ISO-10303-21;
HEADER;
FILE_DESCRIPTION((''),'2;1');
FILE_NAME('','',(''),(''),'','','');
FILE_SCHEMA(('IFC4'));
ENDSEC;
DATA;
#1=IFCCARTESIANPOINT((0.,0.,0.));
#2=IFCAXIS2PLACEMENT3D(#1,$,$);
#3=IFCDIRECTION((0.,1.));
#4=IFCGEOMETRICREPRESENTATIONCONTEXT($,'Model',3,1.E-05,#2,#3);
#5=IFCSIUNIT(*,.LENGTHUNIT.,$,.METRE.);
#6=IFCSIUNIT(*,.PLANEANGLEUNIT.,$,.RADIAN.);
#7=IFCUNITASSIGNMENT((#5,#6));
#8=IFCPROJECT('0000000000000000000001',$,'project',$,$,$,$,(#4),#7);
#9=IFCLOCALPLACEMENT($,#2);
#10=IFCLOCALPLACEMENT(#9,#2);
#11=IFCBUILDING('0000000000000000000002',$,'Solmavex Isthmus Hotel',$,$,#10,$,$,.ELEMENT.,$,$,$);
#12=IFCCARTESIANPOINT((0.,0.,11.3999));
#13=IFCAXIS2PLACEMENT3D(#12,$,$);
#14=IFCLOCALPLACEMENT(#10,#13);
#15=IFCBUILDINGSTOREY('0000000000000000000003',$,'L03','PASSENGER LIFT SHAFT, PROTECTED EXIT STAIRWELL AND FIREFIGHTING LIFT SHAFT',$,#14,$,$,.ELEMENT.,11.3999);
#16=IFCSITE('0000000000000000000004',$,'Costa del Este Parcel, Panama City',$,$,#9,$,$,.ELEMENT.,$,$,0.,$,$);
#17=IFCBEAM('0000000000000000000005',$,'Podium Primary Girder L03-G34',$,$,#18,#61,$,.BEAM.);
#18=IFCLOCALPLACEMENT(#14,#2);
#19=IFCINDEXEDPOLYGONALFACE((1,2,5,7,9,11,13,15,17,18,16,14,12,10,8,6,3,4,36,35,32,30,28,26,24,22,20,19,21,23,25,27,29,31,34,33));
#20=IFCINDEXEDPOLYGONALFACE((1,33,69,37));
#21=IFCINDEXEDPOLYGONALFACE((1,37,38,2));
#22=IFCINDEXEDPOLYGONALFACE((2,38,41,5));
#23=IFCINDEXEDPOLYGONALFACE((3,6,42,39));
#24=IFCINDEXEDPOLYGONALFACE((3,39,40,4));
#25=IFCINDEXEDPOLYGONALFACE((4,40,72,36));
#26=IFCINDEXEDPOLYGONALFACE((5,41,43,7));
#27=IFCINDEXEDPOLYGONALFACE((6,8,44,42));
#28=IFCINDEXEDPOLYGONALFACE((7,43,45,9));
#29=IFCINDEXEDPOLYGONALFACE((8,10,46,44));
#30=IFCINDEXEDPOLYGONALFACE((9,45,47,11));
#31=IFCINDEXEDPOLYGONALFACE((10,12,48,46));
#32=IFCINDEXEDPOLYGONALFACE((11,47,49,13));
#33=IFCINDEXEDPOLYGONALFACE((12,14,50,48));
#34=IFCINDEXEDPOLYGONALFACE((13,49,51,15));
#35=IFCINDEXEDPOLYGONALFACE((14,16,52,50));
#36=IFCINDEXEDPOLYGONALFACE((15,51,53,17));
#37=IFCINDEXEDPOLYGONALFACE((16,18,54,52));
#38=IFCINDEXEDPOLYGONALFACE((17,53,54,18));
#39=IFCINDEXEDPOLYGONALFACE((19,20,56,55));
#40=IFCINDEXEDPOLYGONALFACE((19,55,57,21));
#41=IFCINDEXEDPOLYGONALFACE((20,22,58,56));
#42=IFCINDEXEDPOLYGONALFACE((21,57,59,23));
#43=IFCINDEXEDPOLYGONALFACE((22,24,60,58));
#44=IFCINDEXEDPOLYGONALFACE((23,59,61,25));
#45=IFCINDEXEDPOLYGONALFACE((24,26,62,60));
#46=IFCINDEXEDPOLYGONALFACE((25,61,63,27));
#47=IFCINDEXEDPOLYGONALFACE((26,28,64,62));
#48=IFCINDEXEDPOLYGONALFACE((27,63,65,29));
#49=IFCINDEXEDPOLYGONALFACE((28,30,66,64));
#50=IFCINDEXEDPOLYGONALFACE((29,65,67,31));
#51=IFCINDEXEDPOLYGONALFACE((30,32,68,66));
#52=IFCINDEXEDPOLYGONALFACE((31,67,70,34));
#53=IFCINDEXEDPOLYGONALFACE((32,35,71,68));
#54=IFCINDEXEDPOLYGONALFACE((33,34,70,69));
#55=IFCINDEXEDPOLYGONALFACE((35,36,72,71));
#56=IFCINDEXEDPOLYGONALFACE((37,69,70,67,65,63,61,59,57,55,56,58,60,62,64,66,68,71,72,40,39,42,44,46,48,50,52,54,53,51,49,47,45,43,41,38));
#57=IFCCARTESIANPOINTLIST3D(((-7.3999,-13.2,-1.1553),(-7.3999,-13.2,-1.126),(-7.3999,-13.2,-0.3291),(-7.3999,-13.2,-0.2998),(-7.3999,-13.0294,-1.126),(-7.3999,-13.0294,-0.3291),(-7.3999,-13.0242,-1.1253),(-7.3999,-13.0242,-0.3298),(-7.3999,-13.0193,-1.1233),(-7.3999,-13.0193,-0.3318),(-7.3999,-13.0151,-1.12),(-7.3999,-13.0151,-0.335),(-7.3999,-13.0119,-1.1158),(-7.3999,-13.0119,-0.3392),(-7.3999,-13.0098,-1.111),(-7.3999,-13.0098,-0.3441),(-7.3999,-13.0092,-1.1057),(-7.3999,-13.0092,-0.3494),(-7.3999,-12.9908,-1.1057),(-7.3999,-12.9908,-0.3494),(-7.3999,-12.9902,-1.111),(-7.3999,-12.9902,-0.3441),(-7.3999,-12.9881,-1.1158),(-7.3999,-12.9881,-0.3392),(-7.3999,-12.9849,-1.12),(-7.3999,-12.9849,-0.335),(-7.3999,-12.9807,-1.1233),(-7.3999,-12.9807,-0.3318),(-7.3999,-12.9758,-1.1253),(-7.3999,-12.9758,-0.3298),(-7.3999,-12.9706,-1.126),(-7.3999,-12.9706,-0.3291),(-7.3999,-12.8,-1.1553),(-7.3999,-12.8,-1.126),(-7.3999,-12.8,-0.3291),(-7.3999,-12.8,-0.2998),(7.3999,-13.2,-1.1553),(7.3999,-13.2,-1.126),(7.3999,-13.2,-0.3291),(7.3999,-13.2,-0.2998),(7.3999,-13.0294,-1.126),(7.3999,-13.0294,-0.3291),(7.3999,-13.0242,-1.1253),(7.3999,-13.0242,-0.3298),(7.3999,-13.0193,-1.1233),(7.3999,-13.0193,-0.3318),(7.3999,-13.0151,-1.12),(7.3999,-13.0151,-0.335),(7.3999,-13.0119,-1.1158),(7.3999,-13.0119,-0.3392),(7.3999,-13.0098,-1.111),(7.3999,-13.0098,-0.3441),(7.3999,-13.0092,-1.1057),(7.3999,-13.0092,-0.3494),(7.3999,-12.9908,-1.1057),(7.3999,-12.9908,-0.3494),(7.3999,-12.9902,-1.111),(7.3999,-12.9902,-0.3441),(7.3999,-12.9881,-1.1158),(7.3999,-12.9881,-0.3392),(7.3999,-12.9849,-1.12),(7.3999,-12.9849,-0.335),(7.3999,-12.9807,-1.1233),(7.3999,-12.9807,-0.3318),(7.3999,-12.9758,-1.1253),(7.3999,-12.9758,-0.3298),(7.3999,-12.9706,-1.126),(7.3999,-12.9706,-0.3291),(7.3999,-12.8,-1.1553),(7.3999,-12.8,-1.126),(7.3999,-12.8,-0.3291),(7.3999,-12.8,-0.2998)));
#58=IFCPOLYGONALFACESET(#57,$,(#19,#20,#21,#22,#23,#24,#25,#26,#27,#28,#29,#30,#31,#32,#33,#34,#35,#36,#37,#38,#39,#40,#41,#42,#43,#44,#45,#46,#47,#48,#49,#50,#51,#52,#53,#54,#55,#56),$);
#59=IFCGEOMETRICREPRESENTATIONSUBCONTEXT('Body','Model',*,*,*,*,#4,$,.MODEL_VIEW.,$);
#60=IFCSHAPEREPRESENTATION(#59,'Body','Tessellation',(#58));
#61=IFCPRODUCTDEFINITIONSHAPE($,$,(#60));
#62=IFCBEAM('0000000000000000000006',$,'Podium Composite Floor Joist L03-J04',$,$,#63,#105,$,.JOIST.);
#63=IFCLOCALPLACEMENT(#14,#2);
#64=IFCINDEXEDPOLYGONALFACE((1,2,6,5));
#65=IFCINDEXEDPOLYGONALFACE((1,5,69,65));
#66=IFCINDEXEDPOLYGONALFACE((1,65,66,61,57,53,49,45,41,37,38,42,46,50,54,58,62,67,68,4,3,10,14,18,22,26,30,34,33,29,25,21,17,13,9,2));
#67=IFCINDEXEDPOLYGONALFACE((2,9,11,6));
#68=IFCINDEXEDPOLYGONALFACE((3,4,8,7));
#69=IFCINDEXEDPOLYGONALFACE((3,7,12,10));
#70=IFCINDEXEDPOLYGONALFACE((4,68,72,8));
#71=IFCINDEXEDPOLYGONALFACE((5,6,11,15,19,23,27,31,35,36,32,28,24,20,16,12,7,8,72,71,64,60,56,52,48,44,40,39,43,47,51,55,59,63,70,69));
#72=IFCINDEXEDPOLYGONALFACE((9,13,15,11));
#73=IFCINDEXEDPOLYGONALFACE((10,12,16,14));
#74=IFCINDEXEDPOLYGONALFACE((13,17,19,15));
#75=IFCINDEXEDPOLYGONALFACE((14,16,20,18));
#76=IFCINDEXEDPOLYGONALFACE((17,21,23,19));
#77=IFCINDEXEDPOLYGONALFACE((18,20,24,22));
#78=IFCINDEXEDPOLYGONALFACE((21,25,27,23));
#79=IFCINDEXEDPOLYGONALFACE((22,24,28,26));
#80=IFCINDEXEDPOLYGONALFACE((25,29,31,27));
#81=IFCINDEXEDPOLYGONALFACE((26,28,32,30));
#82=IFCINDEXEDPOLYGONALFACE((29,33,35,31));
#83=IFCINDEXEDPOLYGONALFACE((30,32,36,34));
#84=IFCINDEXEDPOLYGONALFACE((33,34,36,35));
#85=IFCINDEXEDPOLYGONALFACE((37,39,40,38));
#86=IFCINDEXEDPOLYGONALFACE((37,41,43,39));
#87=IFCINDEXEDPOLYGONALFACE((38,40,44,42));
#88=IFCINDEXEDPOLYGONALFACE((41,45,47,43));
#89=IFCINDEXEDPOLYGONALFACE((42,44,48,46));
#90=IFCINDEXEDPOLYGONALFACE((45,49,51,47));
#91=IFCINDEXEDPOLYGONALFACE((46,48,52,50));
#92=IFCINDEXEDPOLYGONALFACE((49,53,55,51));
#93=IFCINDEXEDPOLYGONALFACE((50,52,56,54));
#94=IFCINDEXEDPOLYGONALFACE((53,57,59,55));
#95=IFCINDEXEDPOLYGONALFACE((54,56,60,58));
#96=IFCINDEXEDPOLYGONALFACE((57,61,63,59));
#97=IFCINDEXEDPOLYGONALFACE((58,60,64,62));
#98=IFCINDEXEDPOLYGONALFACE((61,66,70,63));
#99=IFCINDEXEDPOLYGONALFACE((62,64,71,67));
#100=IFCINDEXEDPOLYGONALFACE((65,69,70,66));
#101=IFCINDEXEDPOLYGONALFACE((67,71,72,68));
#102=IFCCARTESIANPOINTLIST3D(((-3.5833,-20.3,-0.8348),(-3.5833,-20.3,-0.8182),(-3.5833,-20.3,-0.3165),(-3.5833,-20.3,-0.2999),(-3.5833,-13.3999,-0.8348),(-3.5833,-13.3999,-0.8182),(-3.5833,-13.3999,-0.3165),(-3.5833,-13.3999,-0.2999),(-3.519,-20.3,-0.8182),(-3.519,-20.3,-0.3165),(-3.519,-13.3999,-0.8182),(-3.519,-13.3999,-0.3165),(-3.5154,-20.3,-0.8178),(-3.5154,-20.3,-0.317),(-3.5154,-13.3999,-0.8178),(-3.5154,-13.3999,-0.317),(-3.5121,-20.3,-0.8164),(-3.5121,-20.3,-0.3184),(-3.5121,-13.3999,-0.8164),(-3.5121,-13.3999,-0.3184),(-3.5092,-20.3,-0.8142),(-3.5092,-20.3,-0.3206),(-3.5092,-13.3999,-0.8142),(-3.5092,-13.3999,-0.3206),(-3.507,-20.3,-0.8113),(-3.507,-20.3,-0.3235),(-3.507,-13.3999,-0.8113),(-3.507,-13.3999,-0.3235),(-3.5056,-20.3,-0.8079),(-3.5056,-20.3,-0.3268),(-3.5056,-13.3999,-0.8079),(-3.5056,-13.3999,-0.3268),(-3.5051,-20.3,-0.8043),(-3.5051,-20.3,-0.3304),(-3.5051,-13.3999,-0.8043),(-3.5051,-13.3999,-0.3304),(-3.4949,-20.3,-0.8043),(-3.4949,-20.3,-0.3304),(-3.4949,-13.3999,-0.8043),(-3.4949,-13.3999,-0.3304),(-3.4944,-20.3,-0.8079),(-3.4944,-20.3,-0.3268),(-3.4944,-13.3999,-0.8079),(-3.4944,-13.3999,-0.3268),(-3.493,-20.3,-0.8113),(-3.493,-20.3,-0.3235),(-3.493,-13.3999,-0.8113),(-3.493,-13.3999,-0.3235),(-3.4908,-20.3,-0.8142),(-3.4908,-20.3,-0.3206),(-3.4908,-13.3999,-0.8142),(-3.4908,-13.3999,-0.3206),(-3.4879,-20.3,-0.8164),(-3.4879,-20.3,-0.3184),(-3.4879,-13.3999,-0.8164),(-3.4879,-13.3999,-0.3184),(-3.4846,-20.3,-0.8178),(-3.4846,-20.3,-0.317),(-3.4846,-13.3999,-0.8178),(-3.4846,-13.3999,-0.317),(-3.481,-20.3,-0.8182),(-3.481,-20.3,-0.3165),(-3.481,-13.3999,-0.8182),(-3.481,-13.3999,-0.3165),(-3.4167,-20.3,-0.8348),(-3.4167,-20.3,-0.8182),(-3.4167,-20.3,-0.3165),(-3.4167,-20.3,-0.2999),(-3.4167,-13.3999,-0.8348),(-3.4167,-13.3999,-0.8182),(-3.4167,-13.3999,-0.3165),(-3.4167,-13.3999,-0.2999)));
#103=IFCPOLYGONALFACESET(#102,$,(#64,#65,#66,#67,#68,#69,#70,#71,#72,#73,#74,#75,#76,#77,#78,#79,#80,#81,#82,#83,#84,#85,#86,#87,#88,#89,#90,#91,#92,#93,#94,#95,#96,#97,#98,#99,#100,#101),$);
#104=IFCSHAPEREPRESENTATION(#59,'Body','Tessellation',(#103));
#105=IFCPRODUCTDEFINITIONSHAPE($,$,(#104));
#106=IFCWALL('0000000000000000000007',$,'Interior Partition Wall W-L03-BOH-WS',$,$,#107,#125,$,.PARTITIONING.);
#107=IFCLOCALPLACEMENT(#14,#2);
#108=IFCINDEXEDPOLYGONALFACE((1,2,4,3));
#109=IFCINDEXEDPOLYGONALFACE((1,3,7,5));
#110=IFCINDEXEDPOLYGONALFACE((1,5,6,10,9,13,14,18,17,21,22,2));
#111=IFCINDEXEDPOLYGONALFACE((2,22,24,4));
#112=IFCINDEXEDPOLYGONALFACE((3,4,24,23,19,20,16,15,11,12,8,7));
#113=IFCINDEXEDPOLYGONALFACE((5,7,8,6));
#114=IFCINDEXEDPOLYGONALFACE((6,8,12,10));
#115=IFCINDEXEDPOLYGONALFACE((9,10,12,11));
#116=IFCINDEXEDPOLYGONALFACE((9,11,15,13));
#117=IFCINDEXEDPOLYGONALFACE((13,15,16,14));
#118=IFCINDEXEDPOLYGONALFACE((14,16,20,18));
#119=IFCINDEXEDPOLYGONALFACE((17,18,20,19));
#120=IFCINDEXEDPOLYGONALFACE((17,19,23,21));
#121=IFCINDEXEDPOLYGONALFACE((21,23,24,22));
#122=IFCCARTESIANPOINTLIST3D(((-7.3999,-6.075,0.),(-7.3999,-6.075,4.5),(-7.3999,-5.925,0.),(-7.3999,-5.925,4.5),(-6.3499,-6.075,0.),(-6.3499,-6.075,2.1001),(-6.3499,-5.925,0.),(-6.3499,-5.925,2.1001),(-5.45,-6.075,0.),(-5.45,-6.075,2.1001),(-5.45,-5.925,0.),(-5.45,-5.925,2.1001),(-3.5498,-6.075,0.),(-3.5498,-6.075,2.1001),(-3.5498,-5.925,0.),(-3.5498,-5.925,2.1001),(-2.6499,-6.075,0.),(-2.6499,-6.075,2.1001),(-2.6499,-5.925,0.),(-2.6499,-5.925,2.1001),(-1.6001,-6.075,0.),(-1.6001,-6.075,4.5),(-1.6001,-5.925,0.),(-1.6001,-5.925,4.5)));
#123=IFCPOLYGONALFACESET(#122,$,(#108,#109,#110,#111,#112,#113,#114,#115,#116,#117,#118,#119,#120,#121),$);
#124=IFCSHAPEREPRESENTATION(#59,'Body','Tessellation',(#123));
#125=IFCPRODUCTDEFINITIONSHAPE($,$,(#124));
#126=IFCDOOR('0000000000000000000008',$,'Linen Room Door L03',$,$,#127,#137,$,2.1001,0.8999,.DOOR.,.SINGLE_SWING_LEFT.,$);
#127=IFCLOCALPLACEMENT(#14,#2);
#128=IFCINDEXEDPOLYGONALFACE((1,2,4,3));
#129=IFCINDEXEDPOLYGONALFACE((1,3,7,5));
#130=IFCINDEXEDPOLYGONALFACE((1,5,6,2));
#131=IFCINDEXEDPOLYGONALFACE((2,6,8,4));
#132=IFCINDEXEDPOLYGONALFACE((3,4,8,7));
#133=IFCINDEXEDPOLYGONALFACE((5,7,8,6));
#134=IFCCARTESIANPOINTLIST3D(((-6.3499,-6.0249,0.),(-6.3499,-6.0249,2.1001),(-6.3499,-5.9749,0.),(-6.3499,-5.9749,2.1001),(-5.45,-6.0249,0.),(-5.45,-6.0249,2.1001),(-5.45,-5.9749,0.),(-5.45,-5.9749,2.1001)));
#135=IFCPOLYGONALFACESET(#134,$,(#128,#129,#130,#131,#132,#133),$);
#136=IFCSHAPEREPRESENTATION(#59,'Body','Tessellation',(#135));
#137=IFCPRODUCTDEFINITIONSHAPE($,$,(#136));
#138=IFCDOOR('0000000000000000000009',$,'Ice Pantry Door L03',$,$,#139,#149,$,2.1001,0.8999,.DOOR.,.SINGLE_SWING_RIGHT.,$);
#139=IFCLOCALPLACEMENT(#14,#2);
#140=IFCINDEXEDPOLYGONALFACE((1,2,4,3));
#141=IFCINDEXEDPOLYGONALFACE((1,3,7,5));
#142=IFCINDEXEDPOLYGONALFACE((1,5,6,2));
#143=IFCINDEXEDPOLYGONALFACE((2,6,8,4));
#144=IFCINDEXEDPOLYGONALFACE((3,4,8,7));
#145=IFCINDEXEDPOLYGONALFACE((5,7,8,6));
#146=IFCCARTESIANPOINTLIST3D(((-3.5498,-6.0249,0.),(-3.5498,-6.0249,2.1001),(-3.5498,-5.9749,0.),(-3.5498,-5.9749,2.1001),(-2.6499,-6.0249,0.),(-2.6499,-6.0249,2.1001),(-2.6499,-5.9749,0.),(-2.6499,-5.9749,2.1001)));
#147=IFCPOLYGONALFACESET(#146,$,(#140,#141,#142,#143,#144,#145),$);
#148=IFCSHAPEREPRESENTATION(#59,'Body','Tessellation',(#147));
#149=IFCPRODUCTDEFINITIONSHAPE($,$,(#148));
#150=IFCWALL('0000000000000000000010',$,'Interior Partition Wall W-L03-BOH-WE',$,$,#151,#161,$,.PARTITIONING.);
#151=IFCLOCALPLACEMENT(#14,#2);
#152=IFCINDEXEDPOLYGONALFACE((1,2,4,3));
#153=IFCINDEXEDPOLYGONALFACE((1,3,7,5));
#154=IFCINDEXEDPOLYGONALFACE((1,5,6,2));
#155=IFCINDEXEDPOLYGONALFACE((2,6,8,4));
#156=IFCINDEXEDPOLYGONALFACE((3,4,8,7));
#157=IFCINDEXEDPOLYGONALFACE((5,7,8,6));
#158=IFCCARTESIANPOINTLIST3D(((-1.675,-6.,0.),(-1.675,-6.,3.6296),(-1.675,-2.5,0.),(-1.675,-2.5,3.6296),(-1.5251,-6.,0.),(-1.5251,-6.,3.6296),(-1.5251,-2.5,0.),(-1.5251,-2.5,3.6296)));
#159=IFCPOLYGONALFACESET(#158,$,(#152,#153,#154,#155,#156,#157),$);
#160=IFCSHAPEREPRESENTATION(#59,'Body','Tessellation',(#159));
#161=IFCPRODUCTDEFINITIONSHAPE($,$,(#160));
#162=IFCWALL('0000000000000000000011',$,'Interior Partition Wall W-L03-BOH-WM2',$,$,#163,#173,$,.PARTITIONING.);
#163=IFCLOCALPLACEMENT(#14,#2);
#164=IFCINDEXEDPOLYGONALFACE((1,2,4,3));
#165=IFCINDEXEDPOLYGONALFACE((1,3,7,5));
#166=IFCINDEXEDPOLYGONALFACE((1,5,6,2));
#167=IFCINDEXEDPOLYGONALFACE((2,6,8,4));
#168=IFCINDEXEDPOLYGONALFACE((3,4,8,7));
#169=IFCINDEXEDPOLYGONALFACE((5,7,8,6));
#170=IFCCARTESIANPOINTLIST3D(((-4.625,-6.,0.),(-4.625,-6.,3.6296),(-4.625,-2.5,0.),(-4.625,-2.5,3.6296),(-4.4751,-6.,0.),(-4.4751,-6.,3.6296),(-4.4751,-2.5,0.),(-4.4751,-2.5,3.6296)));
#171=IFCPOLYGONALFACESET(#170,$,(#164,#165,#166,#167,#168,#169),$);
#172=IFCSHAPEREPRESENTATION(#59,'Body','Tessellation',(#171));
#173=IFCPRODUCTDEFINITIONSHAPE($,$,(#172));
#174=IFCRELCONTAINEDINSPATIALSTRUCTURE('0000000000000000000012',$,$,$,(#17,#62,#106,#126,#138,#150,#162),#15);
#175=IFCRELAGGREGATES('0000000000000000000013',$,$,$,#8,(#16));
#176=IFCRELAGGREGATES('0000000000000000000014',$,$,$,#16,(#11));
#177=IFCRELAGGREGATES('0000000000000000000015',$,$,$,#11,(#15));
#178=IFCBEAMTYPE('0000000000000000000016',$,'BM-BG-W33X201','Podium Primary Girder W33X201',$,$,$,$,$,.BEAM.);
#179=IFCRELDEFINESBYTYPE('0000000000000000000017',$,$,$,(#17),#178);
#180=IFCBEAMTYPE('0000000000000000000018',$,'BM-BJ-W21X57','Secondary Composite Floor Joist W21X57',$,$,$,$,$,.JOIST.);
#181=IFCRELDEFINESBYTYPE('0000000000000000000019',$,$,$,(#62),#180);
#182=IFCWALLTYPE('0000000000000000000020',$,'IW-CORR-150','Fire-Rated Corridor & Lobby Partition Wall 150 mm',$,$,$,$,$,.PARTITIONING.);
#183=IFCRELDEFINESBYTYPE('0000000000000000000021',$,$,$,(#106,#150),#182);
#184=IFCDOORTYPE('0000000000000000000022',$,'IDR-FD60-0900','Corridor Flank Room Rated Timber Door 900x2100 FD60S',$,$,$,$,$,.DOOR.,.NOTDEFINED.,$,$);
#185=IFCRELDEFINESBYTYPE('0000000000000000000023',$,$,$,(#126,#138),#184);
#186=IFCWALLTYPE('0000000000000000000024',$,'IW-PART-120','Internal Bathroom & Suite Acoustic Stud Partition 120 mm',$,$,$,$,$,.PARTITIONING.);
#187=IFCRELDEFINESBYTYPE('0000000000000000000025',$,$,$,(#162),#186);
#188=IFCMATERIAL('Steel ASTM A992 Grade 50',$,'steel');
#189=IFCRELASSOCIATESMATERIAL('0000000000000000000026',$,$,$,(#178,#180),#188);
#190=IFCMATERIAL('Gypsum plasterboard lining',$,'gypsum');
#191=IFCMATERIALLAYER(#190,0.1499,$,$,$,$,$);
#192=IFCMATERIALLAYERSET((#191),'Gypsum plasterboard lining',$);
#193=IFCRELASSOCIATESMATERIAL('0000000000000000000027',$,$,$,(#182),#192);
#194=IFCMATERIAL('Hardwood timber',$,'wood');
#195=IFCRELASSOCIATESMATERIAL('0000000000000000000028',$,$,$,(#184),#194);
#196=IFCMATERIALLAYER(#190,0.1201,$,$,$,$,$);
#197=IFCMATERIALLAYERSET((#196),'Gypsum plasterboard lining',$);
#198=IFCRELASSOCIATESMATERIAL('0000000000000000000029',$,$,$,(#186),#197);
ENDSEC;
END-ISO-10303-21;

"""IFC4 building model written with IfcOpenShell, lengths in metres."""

from ifc_helpers import new_model, si_unit, direction, frame, frame_2d, origin, origin_2d, place, context, subcontext, project, spatial, rectangle, i_section, extrude, material, layer, layer_set, material_profile, profile_set, type_object, element, fill, save


model = new_model("IFC4")

# Units and contexts
model_context = context("Model", 3, precision=1e-05, world=origin(), true_north=direction((0.0, 1.0)))
body_context = subcontext(model_context, "Body", "Model", "MODEL_VIEW")
ifc_project = project(units=[si_unit("LENGTHUNIT", "METRE"), si_unit("PLANEANGLEUNIT", "RADIAN")], contexts=[model_context])

# Site, building, storey
site_placement = place(None, origin())
site = spatial("IfcSite", under=ifc_project, at=site_placement, Name="Costa del Este Parcel, Panama City", CompositionType="ELEMENT", RefElevation=0.0)
building_placement = place(site_placement, origin())
building = spatial("IfcBuilding", under=site, at=building_placement, Name="Solmavex Isthmus Hotel", CompositionType="ELEMENT")
storey_placement = place(building_placement, frame((0.0, 0.0, 11.3999)))
storey = spatial("IfcBuildingStorey", under=building, at=storey_placement, Name="L03", Description="PASSENGER LIFT SHAFT, PROTECTED EXIT STAIRWELL AND FIREFIGHTING LIFT SHAFT", CompositionType="ELEMENT", Elevation=11.3999)

# Beams
ifc_material_1 = material(Name="Steel ASTM A992 Grade 50", Category="steel")
ifc_material_profile_1 = material_profile(ifc_material_1, i_section(OverallWidth=0.3999, OverallDepth=0.8555, WebThickness=0.0183, FlangeThickness=0.0293, FilletRadius=0.0203, at=origin_2d()), Name="W33X201")
ifc_profile_set_1 = profile_set([ifc_material_profile_1], Name="Steel ASTM A992 Grade 50")
beam_type_1 = type_object("IfcBeamType", Name="BM-BG-W33X201", Description="Podium Primary Girder W33X201", PredefinedType="BEAM", material=ifc_profile_set_1)
beam_1_placement = place(storey_placement, frame((-7.3999, -13.0, -0.7275), z_axis=(1.0, 0.0, 0.0), x_axis=(0.0, 1.0, 0.0)))
element("IfcBeam", 1, at=beam_1_placement, inside=storey, type_object=beam_type_1, Name="Podium Primary Girder L03-G34", PredefinedType="BEAM", context=body_context, shape_type="SweptSolid", body=[
    extrude(i_section(OverallWidth=0.3999, OverallDepth=0.8555, WebThickness=0.0183, FlangeThickness=0.0293, FilletRadius=0.0203, at=origin_2d()), origin(), (0.0, 0.0, 1.0), 14.7998),
])
ifc_material_profile_2 = material_profile(ifc_material_1, i_section(OverallWidth=0.1665, OverallDepth=0.5349, WebThickness=0.0103, FlangeThickness=0.0166, FilletRadius=0.0139, at=origin_2d()), Name="W21X57")
ifc_profile_set_2 = profile_set([ifc_material_profile_2], Name="Steel ASTM A992 Grade 50")
beam_type_2 = type_object("IfcBeamType", Name="BM-BJ-W21X57", Description="Secondary Composite Floor Joist W21X57", PredefinedType="JOIST", material=ifc_profile_set_2)
beam_2_placement = place(storey_placement, frame((-3.5, -20.3, -0.5674), z_axis=(0.0, 1.0, 0.0), x_axis=(-1.0, 0.0, 0.0)))
element("IfcBeam", 2, at=beam_2_placement, inside=storey, type_object=beam_type_2, Name="Podium Composite Floor Joist L03-J04", PredefinedType="JOIST", context=body_context, shape_type="SweptSolid", body=[
    extrude(i_section(OverallWidth=0.1665, OverallDepth=0.5349, WebThickness=0.0103, FlangeThickness=0.0166, FilletRadius=0.0139, at=origin_2d()), origin(), (0.0, 0.0, 1.0), 6.9001),
])

# Wall, openings, doors
ifc_material_2 = material(Name="Gypsum plasterboard lining", Category="gypsum")
ifc_layer_1 = layer(ifc_material_2, 0.1499)
ifc_layer_set_1 = layer_set([ifc_layer_1], Name="Gypsum plasterboard lining")
wall_type_1 = type_object("IfcWallType", Name="IW-CORR-150", Description="Fire-Rated Corridor & Lobby Partition Wall 150 mm", PredefinedType="PARTITIONING", material=ifc_layer_set_1)
wall_1_placement = place(storey_placement, frame((-7.3999, -6.0, 0.0), z_axis=(0.0, 0.0, 1.0), x_axis=(1.0, 0.0, 0.0)))
wall_1 = element("IfcWall", 3, at=wall_1_placement, inside=storey, type_object=wall_type_1, Name="Interior Partition Wall W-L03-BOH-WS", PredefinedType="PARTITIONING", context=body_context, shape_type="SweptSolid", body=[
    extrude(rectangle(XDim=5.7998, YDim=0.1499, at=frame_2d((2.8999, 0.0))), origin(), (0.0, 0.0, 1.0), 4.5),
])
opening_1_placement = place(wall_1_placement, frame((1.05, 0.0, 0.0)))
opening_1 = element("IfcOpeningElement", 4, at=opening_1_placement, cuts=wall_1, PredefinedType="OPENING", context=body_context, shape_type="SweptSolid", body=[
    extrude(rectangle(XDim=0.8999, YDim=2.1001, at=frame_2d((0.45, 1.05))), frame((0.0, 0.085, 0.0), z_axis=(0.0, -1.0, 0.0), x_axis=(1.0, 0.0, 0.0)), (0.0, 0.0, 1.0), 0.1699),
])
opening_2_placement = place(wall_1_placement, frame((3.8501, 0.0, 0.0)))
opening_2 = element("IfcOpeningElement", 5, at=opening_2_placement, cuts=wall_1, PredefinedType="OPENING", context=body_context, shape_type="SweptSolid", body=[
    extrude(rectangle(XDim=0.8999, YDim=2.1001, at=frame_2d((0.45, 1.05))), frame((0.0, 0.085, 0.0), z_axis=(0.0, -1.0, 0.0), x_axis=(1.0, 0.0, 0.0)), (0.0, 0.0, 1.0), 0.1699),
])
ifc_material_3 = material(Name="Hardwood timber", Category="wood")
door_type_1 = type_object("IfcDoorType", Name="IDR-FD60-0900", Description="Corridor Flank Room Rated Timber Door 900x2100 FD60S", OperationType="NOTDEFINED", PredefinedType="DOOR", material=ifc_material_3)
door_1_placement = place(opening_1_placement, frame((0.8999, 0.0, 0.0), z_axis=(0.0, 0.0, 1.0), x_axis=(-1.0, 0.0, 0.0)))
door_1 = element("IfcDoor", 6, at=door_1_placement, inside=storey, type_object=door_type_1, Name="Linen Room Door L03", OperationType="SINGLE_SWING_LEFT", OverallHeight=2.1001, OverallWidth=0.8999, PredefinedType="DOOR", context=body_context, shape_type="SweptSolid", body=[
    extrude(rectangle(XDim=0.8999, YDim=2.1001, at=frame_2d((0.45, 1.05))), frame((0.0, 0.0249, 0.0), z_axis=(0.0, -1.0, 0.0), x_axis=(1.0, 0.0, 0.0)), (0.0, 0.0, 1.0), 0.05),
])
fill(opening_1, door_1)
door_2_placement = place(opening_2_placement, frame((0.8999, 0.0, 0.0), z_axis=(0.0, 0.0, 1.0), x_axis=(-1.0, 0.0, 0.0)))
door_2 = element("IfcDoor", 7, at=door_2_placement, inside=storey, type_object=door_type_1, Name="Ice Pantry Door L03", OperationType="SINGLE_SWING_RIGHT", OverallHeight=2.1001, OverallWidth=0.8999, PredefinedType="DOOR", context=body_context, shape_type="SweptSolid", body=[
    extrude(rectangle(XDim=0.8999, YDim=2.1001, at=frame_2d((0.45, 1.05))), frame((0.0, 0.0249, 0.0), z_axis=(0.0, -1.0, 0.0), x_axis=(1.0, 0.0, 0.0)), (0.0, 0.0, 1.0), 0.05),
])
fill(opening_2, door_2)

# Walls
wall_2_placement = place(storey_placement, frame((-1.6001, -6.0, 0.0), z_axis=(0.0, 0.0, 1.0), x_axis=(0.0, 1.0, 0.0)))
element("IfcWall", 8, at=wall_2_placement, inside=storey, type_object=wall_type_1, Name="Interior Partition Wall W-L03-BOH-WE", PredefinedType="PARTITIONING", context=body_context, shape_type="SweptSolid", body=[
    extrude(rectangle(XDim=3.5, YDim=0.1499, at=frame_2d((1.75, 0.0))), origin(), (0.0, 0.0, 1.0), 3.6296),
])
ifc_layer_2 = layer(ifc_material_2, 0.1201)
ifc_layer_set_2 = layer_set([ifc_layer_2], Name="Gypsum plasterboard lining")
wall_type_2 = type_object("IfcWallType", Name="IW-PART-120", Description="Internal Bathroom & Suite Acoustic Stud Partition 120 mm", PredefinedType="PARTITIONING", material=ifc_layer_set_2)
wall_3_placement = place(storey_placement, frame((-4.55, -6.0, 0.0), z_axis=(0.0, 0.0, 1.0), x_axis=(0.0, 1.0, 0.0)))
element("IfcWall", 9, at=wall_3_placement, inside=storey, type_object=wall_type_2, Name="Interior Partition Wall W-L03-BOH-WM2", PredefinedType="PARTITIONING", context=body_context, shape_type="SweptSolid", body=[
    extrude(rectangle(XDim=3.5, YDim=0.1499, at=frame_2d((1.75, 0.0))), origin(), (0.0, 0.0, 1.0), 3.6296),
])

save(model, "model.ifc")
